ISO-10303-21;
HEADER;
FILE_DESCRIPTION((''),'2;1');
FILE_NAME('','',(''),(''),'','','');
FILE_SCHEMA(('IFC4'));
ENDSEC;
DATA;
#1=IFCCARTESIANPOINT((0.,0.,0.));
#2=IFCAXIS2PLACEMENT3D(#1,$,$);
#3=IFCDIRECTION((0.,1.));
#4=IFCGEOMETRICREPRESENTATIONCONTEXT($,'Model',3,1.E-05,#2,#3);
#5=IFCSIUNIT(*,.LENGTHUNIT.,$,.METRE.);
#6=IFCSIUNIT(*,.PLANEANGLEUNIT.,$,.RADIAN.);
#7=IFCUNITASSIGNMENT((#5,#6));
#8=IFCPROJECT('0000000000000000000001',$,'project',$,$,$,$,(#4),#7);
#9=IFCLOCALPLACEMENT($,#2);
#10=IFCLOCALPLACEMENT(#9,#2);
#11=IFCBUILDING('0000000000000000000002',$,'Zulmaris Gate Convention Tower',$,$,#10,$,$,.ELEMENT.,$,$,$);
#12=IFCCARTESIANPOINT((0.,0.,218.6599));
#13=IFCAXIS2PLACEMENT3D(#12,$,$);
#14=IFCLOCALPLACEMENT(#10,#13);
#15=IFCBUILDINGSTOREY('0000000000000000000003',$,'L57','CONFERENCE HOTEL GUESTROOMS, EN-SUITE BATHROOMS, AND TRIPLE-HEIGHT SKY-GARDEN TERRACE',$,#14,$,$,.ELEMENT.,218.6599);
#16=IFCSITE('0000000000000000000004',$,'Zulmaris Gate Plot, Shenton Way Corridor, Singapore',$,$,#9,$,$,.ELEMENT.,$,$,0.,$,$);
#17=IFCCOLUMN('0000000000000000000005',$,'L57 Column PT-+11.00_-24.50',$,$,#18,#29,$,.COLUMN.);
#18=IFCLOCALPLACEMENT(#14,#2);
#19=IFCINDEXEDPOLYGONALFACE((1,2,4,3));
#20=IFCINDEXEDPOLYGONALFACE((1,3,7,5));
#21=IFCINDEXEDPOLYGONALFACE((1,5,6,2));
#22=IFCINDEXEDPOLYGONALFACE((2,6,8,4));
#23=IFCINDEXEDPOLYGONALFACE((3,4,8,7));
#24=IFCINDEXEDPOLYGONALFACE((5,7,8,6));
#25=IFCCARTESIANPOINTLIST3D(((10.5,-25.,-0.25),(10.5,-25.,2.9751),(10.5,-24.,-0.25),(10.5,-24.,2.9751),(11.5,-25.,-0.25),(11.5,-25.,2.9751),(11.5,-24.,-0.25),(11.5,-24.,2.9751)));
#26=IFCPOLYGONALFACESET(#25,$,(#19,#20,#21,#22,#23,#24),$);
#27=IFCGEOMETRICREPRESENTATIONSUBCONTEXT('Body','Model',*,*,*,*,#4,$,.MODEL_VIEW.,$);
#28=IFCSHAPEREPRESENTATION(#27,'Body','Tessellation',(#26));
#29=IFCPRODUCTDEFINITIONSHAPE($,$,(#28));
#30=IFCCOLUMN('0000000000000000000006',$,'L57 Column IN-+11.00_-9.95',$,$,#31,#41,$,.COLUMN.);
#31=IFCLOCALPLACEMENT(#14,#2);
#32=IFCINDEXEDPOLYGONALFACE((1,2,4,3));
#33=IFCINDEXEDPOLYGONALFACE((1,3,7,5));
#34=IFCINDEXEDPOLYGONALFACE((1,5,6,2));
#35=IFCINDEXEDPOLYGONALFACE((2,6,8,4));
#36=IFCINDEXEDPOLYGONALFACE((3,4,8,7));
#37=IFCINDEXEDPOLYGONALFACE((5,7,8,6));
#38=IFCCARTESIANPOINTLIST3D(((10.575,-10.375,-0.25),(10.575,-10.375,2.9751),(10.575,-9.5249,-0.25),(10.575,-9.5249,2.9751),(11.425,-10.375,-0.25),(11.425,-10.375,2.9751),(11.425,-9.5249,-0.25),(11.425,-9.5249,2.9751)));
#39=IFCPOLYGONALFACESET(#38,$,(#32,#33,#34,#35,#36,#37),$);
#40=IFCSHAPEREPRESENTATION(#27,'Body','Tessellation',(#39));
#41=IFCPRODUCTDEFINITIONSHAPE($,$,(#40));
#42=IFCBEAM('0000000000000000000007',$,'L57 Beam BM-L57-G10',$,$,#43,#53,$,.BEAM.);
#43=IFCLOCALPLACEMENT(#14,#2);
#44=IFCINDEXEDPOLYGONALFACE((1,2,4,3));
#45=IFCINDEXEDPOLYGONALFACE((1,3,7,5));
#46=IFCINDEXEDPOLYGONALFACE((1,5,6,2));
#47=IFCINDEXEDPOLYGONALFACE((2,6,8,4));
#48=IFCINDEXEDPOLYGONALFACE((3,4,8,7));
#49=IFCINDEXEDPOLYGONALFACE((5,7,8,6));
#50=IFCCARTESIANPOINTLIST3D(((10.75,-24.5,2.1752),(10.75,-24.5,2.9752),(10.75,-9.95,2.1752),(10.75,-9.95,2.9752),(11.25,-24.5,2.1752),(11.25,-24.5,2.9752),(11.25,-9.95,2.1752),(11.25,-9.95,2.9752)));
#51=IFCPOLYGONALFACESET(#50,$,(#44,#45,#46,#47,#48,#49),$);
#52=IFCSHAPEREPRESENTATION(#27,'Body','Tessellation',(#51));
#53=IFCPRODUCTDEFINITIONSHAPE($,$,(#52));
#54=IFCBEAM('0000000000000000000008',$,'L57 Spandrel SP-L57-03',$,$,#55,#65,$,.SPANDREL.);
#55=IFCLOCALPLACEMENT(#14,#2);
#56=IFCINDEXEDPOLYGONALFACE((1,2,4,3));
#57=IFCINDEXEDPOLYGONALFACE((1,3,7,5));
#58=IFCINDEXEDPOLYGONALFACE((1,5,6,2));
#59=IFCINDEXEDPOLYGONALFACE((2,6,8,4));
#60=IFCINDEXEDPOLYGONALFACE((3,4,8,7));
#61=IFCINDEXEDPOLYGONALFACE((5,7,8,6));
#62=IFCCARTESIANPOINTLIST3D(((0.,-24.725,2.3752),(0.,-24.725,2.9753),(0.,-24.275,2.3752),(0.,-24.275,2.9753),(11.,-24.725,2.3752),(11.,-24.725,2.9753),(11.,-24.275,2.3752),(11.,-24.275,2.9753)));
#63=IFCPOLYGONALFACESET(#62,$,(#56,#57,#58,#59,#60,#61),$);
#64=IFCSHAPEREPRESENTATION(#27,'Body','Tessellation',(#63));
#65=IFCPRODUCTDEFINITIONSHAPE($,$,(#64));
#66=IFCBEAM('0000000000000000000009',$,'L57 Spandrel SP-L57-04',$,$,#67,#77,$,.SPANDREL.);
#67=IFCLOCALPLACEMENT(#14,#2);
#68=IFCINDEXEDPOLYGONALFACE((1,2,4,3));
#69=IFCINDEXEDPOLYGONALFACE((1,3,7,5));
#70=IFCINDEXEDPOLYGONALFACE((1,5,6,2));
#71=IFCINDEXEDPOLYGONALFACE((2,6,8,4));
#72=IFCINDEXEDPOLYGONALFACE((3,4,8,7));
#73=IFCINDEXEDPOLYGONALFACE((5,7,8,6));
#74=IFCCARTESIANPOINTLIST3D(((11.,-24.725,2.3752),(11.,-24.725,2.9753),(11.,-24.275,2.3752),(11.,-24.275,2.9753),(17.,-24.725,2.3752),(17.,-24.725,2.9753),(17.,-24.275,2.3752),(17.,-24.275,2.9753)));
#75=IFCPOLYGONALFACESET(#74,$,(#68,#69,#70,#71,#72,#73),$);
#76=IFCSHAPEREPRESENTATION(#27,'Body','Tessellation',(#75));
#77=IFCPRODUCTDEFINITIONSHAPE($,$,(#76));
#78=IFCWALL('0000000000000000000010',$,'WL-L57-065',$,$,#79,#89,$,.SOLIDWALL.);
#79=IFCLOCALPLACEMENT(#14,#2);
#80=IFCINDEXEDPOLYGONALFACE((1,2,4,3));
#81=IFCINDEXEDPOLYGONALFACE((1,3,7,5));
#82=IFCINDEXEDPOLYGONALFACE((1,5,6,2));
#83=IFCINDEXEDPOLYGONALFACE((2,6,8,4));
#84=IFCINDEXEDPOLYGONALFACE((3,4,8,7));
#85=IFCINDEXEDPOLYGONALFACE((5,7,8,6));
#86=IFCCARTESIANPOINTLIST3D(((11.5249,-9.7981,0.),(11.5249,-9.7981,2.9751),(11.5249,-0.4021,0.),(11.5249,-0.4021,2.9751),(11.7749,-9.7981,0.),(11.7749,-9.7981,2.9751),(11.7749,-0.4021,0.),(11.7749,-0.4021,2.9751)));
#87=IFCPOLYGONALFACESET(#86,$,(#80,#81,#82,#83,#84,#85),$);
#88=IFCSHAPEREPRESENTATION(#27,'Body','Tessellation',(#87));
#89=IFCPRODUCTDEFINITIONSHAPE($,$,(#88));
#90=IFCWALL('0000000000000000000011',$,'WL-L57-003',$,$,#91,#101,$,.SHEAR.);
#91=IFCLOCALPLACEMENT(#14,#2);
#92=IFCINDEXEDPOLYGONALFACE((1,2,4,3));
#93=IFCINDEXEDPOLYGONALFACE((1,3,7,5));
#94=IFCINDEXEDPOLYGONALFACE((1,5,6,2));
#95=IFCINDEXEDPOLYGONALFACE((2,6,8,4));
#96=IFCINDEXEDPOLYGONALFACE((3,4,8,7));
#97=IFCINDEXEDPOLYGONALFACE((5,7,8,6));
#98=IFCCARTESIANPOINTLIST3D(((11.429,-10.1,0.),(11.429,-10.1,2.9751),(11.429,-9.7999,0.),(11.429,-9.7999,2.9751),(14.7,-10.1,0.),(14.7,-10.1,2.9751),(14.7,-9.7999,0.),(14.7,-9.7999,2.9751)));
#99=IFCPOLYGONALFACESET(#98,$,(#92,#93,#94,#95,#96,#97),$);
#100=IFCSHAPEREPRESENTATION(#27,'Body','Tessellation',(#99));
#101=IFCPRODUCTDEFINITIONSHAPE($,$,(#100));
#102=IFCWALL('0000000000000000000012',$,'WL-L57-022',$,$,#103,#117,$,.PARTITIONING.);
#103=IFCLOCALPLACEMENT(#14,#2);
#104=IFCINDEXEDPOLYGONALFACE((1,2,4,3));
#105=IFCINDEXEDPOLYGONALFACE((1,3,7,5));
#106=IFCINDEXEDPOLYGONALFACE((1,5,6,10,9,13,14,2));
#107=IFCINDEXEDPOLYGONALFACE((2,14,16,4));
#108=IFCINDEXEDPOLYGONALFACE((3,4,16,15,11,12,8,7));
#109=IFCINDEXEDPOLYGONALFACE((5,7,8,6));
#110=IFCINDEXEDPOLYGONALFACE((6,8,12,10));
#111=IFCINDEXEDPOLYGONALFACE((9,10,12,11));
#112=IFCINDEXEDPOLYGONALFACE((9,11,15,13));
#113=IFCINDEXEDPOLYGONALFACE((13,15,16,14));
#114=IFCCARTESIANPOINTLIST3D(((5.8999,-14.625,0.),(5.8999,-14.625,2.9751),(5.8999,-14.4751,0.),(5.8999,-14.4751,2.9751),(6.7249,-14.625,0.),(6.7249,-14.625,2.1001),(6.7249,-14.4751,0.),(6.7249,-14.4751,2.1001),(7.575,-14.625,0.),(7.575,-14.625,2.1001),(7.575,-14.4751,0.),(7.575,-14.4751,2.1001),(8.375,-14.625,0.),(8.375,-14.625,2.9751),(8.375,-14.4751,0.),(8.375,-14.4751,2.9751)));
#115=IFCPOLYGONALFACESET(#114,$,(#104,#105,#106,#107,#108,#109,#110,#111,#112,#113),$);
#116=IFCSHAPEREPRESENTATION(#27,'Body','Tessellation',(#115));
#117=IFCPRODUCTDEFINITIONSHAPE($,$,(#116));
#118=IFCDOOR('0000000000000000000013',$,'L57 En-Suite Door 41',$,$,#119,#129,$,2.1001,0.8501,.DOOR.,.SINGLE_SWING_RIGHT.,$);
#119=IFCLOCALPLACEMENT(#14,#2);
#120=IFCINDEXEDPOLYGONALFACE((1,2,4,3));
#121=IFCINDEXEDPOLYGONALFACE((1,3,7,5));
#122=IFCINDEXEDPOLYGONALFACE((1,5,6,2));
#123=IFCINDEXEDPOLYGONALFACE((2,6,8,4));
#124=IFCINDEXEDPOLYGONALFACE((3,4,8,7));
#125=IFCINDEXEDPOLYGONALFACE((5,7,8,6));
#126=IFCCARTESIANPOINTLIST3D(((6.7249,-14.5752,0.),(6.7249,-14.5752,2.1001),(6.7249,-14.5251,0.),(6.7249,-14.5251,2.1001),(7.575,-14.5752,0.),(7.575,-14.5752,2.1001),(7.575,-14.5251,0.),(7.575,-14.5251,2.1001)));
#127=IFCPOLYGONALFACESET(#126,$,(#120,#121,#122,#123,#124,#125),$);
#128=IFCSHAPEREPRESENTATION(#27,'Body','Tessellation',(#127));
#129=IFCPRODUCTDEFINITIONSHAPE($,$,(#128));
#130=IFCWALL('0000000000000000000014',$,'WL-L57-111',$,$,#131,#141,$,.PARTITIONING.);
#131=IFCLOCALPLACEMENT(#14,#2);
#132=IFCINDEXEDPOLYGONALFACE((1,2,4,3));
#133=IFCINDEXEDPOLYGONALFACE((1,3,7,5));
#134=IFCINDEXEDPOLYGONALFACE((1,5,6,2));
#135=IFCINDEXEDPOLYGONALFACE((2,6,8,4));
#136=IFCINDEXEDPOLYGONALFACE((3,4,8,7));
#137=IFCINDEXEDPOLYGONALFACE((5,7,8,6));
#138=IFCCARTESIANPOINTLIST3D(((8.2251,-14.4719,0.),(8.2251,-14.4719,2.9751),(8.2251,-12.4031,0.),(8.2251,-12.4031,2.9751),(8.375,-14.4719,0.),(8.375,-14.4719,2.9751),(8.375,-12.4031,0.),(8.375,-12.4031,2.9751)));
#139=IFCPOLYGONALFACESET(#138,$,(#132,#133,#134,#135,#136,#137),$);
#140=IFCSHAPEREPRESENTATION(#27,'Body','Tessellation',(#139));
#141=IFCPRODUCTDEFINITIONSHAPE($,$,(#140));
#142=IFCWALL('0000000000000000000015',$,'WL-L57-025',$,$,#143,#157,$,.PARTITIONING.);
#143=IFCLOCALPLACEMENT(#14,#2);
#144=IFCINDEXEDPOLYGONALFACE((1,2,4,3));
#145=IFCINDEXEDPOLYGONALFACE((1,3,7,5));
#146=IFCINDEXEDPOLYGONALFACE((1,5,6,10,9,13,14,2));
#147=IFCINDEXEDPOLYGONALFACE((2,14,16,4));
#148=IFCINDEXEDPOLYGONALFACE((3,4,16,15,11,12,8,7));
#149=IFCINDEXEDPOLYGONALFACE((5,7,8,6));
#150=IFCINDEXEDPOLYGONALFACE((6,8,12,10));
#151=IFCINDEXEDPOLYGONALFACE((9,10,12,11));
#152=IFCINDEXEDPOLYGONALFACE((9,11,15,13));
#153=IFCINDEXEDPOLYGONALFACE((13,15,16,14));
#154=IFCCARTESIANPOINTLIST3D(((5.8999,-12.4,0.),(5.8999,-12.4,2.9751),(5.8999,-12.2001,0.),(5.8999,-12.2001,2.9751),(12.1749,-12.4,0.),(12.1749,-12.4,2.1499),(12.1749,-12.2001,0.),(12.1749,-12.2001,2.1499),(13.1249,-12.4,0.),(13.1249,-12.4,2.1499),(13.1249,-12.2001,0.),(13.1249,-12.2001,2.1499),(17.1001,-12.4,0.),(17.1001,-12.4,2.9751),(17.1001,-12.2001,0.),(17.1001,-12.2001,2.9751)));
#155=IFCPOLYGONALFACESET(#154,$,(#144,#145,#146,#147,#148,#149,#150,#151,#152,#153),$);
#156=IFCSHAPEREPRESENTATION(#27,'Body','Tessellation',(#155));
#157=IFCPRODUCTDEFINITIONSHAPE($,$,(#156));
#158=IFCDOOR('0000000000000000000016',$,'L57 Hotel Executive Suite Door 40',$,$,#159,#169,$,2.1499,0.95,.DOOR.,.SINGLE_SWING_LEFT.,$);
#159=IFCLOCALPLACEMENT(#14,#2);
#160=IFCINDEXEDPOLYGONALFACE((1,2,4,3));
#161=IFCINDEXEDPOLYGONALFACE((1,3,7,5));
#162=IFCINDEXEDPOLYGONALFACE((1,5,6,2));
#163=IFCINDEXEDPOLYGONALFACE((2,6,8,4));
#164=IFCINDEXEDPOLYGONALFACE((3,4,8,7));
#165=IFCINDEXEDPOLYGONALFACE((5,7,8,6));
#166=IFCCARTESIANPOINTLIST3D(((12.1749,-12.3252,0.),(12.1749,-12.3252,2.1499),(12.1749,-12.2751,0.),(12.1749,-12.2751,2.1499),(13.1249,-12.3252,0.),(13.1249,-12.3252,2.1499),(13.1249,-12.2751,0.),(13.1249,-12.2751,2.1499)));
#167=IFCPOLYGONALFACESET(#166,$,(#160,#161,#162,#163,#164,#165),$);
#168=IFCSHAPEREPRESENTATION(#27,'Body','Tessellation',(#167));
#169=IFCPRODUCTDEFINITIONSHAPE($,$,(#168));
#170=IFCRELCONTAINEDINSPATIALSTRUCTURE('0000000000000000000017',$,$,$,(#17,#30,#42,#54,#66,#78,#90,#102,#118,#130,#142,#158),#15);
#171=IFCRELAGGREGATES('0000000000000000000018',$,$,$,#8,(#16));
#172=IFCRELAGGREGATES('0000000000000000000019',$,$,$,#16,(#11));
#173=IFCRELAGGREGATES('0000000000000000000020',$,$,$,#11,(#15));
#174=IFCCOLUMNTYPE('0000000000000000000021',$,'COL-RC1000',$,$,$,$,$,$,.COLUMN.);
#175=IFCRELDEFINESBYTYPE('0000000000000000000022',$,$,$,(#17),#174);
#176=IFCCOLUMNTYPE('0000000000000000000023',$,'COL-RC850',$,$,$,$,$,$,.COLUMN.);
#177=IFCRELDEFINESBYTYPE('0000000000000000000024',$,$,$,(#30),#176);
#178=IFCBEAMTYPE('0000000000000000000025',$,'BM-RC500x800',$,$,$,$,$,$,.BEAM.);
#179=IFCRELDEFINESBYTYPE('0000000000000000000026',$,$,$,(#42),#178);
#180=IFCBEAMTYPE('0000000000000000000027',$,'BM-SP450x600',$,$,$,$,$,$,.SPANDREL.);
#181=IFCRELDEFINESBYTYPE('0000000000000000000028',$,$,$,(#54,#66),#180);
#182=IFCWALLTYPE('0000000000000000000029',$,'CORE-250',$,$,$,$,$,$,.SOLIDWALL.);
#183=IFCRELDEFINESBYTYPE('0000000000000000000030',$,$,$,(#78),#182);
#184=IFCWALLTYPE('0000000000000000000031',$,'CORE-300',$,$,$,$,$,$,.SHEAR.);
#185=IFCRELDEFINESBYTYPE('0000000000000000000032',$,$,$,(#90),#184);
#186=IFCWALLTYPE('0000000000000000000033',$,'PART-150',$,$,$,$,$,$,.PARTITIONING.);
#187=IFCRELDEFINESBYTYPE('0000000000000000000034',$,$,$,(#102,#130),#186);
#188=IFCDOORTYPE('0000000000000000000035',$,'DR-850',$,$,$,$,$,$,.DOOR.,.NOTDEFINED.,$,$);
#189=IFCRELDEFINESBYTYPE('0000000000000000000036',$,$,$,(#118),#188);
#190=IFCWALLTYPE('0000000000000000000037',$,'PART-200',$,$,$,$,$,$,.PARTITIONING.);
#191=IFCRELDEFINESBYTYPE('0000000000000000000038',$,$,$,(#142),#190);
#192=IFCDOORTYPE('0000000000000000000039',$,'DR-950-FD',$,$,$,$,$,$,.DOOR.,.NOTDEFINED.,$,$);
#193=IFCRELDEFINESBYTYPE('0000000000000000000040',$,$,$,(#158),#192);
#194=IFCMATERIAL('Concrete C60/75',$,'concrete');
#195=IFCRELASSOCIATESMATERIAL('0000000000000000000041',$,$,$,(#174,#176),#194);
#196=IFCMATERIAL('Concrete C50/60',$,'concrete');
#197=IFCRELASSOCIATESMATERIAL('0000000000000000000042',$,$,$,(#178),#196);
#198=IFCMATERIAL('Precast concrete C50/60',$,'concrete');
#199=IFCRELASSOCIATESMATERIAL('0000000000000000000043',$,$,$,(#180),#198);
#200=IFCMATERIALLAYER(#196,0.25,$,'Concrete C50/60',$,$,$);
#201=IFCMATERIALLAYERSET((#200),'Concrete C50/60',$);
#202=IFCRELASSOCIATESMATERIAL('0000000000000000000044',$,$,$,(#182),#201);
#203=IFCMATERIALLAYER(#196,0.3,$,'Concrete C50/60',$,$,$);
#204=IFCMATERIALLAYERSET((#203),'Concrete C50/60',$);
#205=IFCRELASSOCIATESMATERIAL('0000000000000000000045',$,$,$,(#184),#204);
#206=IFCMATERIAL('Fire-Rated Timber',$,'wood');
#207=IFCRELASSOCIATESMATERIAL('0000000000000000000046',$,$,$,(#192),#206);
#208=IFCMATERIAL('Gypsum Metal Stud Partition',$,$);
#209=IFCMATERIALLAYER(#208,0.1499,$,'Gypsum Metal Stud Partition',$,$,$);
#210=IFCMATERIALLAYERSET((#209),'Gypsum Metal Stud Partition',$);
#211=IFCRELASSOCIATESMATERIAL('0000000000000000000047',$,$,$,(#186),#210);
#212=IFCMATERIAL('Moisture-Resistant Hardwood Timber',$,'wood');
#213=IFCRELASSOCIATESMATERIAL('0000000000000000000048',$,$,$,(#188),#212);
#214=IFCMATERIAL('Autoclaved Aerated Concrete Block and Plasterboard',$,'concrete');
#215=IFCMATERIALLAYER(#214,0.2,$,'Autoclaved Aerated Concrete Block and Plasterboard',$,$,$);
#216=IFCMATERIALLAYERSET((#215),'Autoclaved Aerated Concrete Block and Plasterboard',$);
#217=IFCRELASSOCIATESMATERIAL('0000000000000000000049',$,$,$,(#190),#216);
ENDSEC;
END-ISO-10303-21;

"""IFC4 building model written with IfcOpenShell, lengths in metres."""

from ifc_helpers import new_model, si_unit, direction, frame, frame_2d, origin, origin_2d, place, context, subcontext, project, spatial, rectangle, extrude, material, layer, layer_set, material_profile, profile_set, type_object, element, fill, save


model = new_model("IFC4")

# Units and contexts
model_context = context("Model", 3, precision=1e-05, world=origin(), true_north=direction((0.0, 1.0)))
body_context = subcontext(model_context, "Body", "Model", "MODEL_VIEW")
ifc_project = project(units=[si_unit("LENGTHUNIT", "METRE"), si_unit("PLANEANGLEUNIT", "RADIAN")], contexts=[model_context])

# Site, building, storey
site_placement = place(None, origin())
site = spatial("IfcSite", under=ifc_project, at=site_placement, Name="Zulmaris Gate Plot, Shenton Way Corridor, Singapore", CompositionType="ELEMENT", RefElevation=0.0)
building_placement = place(site_placement, origin())
building = spatial("IfcBuilding", under=site, at=building_placement, Name="Zulmaris Gate Convention Tower", CompositionType="ELEMENT")
storey_placement = place(building_placement, frame((0.0, 0.0, 218.6599)))
storey = spatial("IfcBuildingStorey", under=building, at=storey_placement, Name="L57", Description="CONFERENCE HOTEL GUESTROOMS, EN-SUITE BATHROOMS, AND TRIPLE-HEIGHT SKY-GARDEN TERRACE", CompositionType="ELEMENT", Elevation=218.6599)

# Columns
ifc_material_1 = material(Name="Concrete C60/75", Category="concrete")
ifc_material_profile_1 = material_profile(ifc_material_1, rectangle(XDim=1.0, YDim=1.0, at=origin_2d()), Name="RC COL 1000x1000")
ifc_profile_set_1 = profile_set([ifc_material_profile_1], Name="Concrete C60/75")
column_type_1 = type_object("IfcColumnType", Name="COL-RC1000", PredefinedType="COLUMN", material=ifc_profile_set_1)
column_1_placement = place(storey_placement, frame((11.0, -24.5, -0.25), z_axis=(0.0, 0.0, 1.0), x_axis=(1.0, 0.0, 0.0)))
element("IfcColumn", 1, at=column_1_placement, inside=storey, type_object=column_type_1, Name="L57 Column PT-+11.00_-24.50", PredefinedType="COLUMN", context=body_context, shape_type="SweptSolid", body=[
    extrude(rectangle(XDim=1.0, YDim=1.0, at=origin_2d()), origin(), (0.0, 0.0, 1.0), 3.2251),
])
ifc_material_profile_2 = material_profile(ifc_material_1, rectangle(XDim=0.8501, YDim=0.8501, at=origin_2d()), Name="RC COL 850x850")
ifc_profile_set_2 = profile_set([ifc_material_profile_2], Name="Concrete C60/75")
column_type_2 = type_object("IfcColumnType", Name="COL-RC850", PredefinedType="COLUMN", material=ifc_profile_set_2)
column_2_placement = place(storey_placement, frame((11.0, -9.95, -0.25), z_axis=(0.0, 0.0, 1.0), x_axis=(1.0, 0.0, 0.0)))
element("IfcColumn", 2, at=column_2_placement, inside=storey, type_object=column_type_2, Name="L57 Column IN-+11.00_-9.95", PredefinedType="COLUMN", context=body_context, shape_type="SweptSolid", body=[
    extrude(rectangle(XDim=0.8501, YDim=0.8501, at=origin_2d()), origin(), (0.0, 0.0, 1.0), 3.2251),
])

# Beams
ifc_material_2 = material(Name="Concrete C50/60", Category="concrete")
ifc_material_profile_3 = material_profile(ifc_material_2, rectangle(XDim=0.5, YDim=0.8, at=origin_2d()), Name="RC BEAM 500x800")
ifc_profile_set_3 = profile_set([ifc_material_profile_3], Name="Concrete C50/60")
beam_type_1 = type_object("IfcBeamType", Name="BM-RC500x800", PredefinedType="BEAM", material=ifc_profile_set_3)
beam_1_placement = place(storey_placement, frame((11.0, -24.5, 2.5752), z_axis=(0.0, 1.0, 0.0), x_axis=(-1.0, 0.0, 0.0)))
element("IfcBeam", 3, at=beam_1_placement, inside=storey, type_object=beam_type_1, Name="L57 Beam BM-L57-G10", PredefinedType="BEAM", context=body_context, shape_type="SweptSolid", body=[
    extrude(rectangle(XDim=0.5, YDim=0.8, at=origin_2d()), origin(), (0.0, 0.0, 1.0), 14.55),
])
ifc_material_3 = material(Name="Precast concrete C50/60", Category="concrete")
ifc_material_profile_4 = material_profile(ifc_material_3, rectangle(XDim=0.45, YDim=0.6001, at=origin_2d()), Name="RC SPANDREL 450x600")
ifc_profile_set_4 = profile_set([ifc_material_profile_4], Name="Precast concrete C50/60")
beam_type_2 = type_object("IfcBeamType", Name="BM-SP450x600", PredefinedType="SPANDREL", material=ifc_profile_set_4)
beam_2_placement = place(storey_placement, frame((0.0, -24.5, 2.6753), z_axis=(1.0, 0.0, 0.0), x_axis=(0.0, 1.0, 0.0)))
element("IfcBeam", 4, at=beam_2_placement, inside=storey, type_object=beam_type_2, Name="L57 Spandrel SP-L57-03", PredefinedType="SPANDREL", context=body_context, shape_type="SweptSolid", body=[
    extrude(rectangle(XDim=0.45, YDim=0.6001, at=origin_2d()), origin(), (0.0, 0.0, 1.0), 11.0),
])
beam_3_placement = place(storey_placement, frame((11.0, -24.5, 2.6753), z_axis=(1.0, 0.0, 0.0), x_axis=(0.0, 1.0, 0.0)))
element("IfcBeam", 5, at=beam_3_placement, inside=storey, type_object=beam_type_2, Name="L57 Spandrel SP-L57-04", PredefinedType="SPANDREL", context=body_context, shape_type="SweptSolid", body=[
    extrude(rectangle(XDim=0.45, YDim=0.6001, at=origin_2d()), origin(), (0.0, 0.0, 1.0), 6.0),
])

# Walls
ifc_layer_1 = layer(ifc_material_2, 0.25, Name="Concrete C50/60")
ifc_layer_set_1 = layer_set([ifc_layer_1], Name="Concrete C50/60")
wall_type_1 = type_object("IfcWallType", Name="CORE-250", PredefinedType="SOLIDWALL", material=ifc_layer_set_1)
wall_1_placement = place(storey_placement, frame((11.6499, -9.7981, 0.0), z_axis=(0.0, 0.0, 1.0), x_axis=(0.0, 1.0, 0.0)))
element("IfcWall", 6, at=wall_1_placement, inside=storey, type_object=wall_type_1, Name="WL-L57-065", PredefinedType="SOLIDWALL", context=body_context, shape_type="SweptSolid", body=[
    extrude(rectangle(XDim=9.396, YDim=0.25, at=frame_2d((4.698, 0.0))), origin(), (0.0, 0.0, 1.0), 2.9751),
])
ifc_layer_2 = layer(ifc_material_2, 0.3, Name="Concrete C50/60")
ifc_layer_set_2 = layer_set([ifc_layer_2], Name="Concrete C50/60")
wall_type_2 = type_object("IfcWallType", Name="CORE-300", PredefinedType="SHEAR", material=ifc_layer_set_2)
wall_2_placement = place(storey_placement, frame((11.429, -9.95, 0.0), z_axis=(0.0, 0.0, 1.0), x_axis=(1.0, 0.0, 0.0)))
element("IfcWall", 7, at=wall_2_placement, inside=storey, type_object=wall_type_2, Name="WL-L57-003", PredefinedType="SHEAR", context=body_context, shape_type="SweptSolid", body=[
    extrude(rectangle(XDim=3.271, YDim=0.3, at=frame_2d((1.6355, 0.0))), origin(), (0.0, 0.0, 1.0), 2.9751),
])

# Shared definitions
ifc_material_4 = material(Name="Fire-Rated Timber", Category="wood")
door_type_1 = type_object("IfcDoorType", Name="DR-950-FD", OperationType="NOTDEFINED", PredefinedType="DOOR", material=ifc_material_4)

# Wall, opening, door
ifc_material_5 = material(Name="Gypsum Metal Stud Partition")
ifc_layer_3 = layer(ifc_material_5, 0.1499, Name="Gypsum Metal Stud Partition")
ifc_layer_set_3 = layer_set([ifc_layer_3], Name="Gypsum Metal Stud Partition")
wall_type_3 = type_object("IfcWallType", Name="PART-150", PredefinedType="PARTITIONING", material=ifc_layer_set_3)
wall_3_placement = place(storey_placement, frame((5.8999, -14.55, 0.0), z_axis=(0.0, 0.0, 1.0), x_axis=(1.0, 0.0, 0.0)))
wall_3 = element("IfcWall", 8, at=wall_3_placement, inside=storey, type_object=wall_type_3, Name="WL-L57-022", PredefinedType="PARTITIONING", context=body_context, shape_type="SweptSolid", body=[
    extrude(rectangle(XDim=2.4751, YDim=0.1499, at=frame_2d((1.2375, 0.0))), origin(), (0.0, 0.0, 1.0), 2.9751),
])
opening_1_placement = place(wall_3_placement, frame((0.825, 0.0, 0.0)))
opening_1 = element("IfcOpeningElement", 9, at=opening_1_placement, cuts=wall_3, PredefinedType="OPENING", context=body_context, shape_type="SweptSolid", body=[
    extrude(rectangle(XDim=0.8501, YDim=2.1001, at=frame_2d((0.425, 1.05))), frame((0.0, 0.085, 0.0), z_axis=(0.0, -1.0, 0.0), x_axis=(1.0, 0.0, 0.0)), (0.0, 0.0, 1.0), 0.1699),
])
ifc_material_6 = material(Name="Moisture-Resistant Hardwood Timber", Category="wood")
door_type_2 = type_object("IfcDoorType", Name="DR-850", OperationType="NOTDEFINED", PredefinedType="DOOR", material=ifc_material_6)
door_1_placement = place(opening_1_placement, origin())
door_1 = element("IfcDoor", 10, at=door_1_placement, inside=storey, type_object=door_type_2, Name="L57 En-Suite Door 41", OperationType="SINGLE_SWING_RIGHT", OverallHeight=2.1001, OverallWidth=0.8501, PredefinedType="DOOR", context=body_context, shape_type="SweptSolid", body=[
    extrude(rectangle(XDim=0.8501, YDim=2.1001, at=frame_2d((0.425, 1.05))), frame((0.0, 0.0249, 0.0), z_axis=(0.0, -1.0, 0.0), x_axis=(1.0, 0.0, 0.0)), (0.0, 0.0, 1.0), 0.05),
])
fill(opening_1, door_1)

# Wall
wall_4_placement = place(storey_placement, frame((8.3, -14.4719, 0.0), z_axis=(0.0, 0.0, 1.0), x_axis=(0.0, 1.0, 0.0)))
element("IfcWall", 11, at=wall_4_placement, inside=storey, type_object=wall_type_3, Name="WL-L57-111", PredefinedType="PARTITIONING", context=body_context, shape_type="SweptSolid", body=[
    extrude(rectangle(XDim=2.0688, YDim=0.1499, at=frame_2d((1.0344, 0.0))), origin(), (0.0, 0.0, 1.0), 2.9751),
])

# Wall, opening, door
ifc_material_7 = material(Name="Autoclaved Aerated Concrete Block and Plasterboard", Category="concrete")
ifc_layer_4 = layer(ifc_material_7, 0.2, Name="Autoclaved Aerated Concrete Block and Plasterboard")
ifc_layer_set_4 = layer_set([ifc_layer_4], Name="Autoclaved Aerated Concrete Block and Plasterboard")
wall_type_4 = type_object("IfcWallType", Name="PART-200", PredefinedType="PARTITIONING", material=ifc_layer_set_4)
wall_5_placement = place(storey_placement, frame((5.8999, -12.3, 0.0), z_axis=(0.0, 0.0, 1.0), x_axis=(1.0, 0.0, 0.0)))
wall_5 = element("IfcWall", 12, at=wall_5_placement, inside=storey, type_object=wall_type_4, Name="WL-L57-025", PredefinedType="PARTITIONING", context=body_context, shape_type="SweptSolid", body=[
    extrude(rectangle(XDim=11.2002, YDim=0.2, at=frame_2d((5.6001, 0.0))), origin(), (0.0, 0.0, 1.0), 2.9751),
])
opening_2_placement = place(wall_5_placement, frame((6.2749, 0.0, 0.0)))
opening_2 = element("IfcOpeningElement", 13, at=opening_2_placement, cuts=wall_5, PredefinedType="OPENING", context=body_context, shape_type="SweptSolid", body=[
    extrude(rectangle(XDim=0.95, YDim=2.1499, at=frame_2d((0.4751, 1.075))), frame((0.0, 0.1099, 0.0), z_axis=(0.0, -1.0, 0.0), x_axis=(1.0, 0.0, 0.0)), (0.0, 0.0, 1.0), 0.22),
])
door_2_placement = place(opening_2_placement, origin())
door_2 = element("IfcDoor", 14, at=door_2_placement, inside=storey, type_object=door_type_1, Name="L57 Hotel Executive Suite Door 40", OperationType="SINGLE_SWING_LEFT", OverallHeight=2.1499, OverallWidth=0.95, PredefinedType="DOOR", context=body_context, shape_type="SweptSolid", body=[
    extrude(rectangle(XDim=0.95, YDim=2.1499, at=frame_2d((0.4751, 1.075))), frame((0.0, 0.0249, 0.0), z_axis=(0.0, -1.0, 0.0), x_axis=(1.0, 0.0, 0.0)), (0.0, 0.0, 1.0), 0.05),
])
fill(opening_2, door_2)

save(model, "model.ifc")
